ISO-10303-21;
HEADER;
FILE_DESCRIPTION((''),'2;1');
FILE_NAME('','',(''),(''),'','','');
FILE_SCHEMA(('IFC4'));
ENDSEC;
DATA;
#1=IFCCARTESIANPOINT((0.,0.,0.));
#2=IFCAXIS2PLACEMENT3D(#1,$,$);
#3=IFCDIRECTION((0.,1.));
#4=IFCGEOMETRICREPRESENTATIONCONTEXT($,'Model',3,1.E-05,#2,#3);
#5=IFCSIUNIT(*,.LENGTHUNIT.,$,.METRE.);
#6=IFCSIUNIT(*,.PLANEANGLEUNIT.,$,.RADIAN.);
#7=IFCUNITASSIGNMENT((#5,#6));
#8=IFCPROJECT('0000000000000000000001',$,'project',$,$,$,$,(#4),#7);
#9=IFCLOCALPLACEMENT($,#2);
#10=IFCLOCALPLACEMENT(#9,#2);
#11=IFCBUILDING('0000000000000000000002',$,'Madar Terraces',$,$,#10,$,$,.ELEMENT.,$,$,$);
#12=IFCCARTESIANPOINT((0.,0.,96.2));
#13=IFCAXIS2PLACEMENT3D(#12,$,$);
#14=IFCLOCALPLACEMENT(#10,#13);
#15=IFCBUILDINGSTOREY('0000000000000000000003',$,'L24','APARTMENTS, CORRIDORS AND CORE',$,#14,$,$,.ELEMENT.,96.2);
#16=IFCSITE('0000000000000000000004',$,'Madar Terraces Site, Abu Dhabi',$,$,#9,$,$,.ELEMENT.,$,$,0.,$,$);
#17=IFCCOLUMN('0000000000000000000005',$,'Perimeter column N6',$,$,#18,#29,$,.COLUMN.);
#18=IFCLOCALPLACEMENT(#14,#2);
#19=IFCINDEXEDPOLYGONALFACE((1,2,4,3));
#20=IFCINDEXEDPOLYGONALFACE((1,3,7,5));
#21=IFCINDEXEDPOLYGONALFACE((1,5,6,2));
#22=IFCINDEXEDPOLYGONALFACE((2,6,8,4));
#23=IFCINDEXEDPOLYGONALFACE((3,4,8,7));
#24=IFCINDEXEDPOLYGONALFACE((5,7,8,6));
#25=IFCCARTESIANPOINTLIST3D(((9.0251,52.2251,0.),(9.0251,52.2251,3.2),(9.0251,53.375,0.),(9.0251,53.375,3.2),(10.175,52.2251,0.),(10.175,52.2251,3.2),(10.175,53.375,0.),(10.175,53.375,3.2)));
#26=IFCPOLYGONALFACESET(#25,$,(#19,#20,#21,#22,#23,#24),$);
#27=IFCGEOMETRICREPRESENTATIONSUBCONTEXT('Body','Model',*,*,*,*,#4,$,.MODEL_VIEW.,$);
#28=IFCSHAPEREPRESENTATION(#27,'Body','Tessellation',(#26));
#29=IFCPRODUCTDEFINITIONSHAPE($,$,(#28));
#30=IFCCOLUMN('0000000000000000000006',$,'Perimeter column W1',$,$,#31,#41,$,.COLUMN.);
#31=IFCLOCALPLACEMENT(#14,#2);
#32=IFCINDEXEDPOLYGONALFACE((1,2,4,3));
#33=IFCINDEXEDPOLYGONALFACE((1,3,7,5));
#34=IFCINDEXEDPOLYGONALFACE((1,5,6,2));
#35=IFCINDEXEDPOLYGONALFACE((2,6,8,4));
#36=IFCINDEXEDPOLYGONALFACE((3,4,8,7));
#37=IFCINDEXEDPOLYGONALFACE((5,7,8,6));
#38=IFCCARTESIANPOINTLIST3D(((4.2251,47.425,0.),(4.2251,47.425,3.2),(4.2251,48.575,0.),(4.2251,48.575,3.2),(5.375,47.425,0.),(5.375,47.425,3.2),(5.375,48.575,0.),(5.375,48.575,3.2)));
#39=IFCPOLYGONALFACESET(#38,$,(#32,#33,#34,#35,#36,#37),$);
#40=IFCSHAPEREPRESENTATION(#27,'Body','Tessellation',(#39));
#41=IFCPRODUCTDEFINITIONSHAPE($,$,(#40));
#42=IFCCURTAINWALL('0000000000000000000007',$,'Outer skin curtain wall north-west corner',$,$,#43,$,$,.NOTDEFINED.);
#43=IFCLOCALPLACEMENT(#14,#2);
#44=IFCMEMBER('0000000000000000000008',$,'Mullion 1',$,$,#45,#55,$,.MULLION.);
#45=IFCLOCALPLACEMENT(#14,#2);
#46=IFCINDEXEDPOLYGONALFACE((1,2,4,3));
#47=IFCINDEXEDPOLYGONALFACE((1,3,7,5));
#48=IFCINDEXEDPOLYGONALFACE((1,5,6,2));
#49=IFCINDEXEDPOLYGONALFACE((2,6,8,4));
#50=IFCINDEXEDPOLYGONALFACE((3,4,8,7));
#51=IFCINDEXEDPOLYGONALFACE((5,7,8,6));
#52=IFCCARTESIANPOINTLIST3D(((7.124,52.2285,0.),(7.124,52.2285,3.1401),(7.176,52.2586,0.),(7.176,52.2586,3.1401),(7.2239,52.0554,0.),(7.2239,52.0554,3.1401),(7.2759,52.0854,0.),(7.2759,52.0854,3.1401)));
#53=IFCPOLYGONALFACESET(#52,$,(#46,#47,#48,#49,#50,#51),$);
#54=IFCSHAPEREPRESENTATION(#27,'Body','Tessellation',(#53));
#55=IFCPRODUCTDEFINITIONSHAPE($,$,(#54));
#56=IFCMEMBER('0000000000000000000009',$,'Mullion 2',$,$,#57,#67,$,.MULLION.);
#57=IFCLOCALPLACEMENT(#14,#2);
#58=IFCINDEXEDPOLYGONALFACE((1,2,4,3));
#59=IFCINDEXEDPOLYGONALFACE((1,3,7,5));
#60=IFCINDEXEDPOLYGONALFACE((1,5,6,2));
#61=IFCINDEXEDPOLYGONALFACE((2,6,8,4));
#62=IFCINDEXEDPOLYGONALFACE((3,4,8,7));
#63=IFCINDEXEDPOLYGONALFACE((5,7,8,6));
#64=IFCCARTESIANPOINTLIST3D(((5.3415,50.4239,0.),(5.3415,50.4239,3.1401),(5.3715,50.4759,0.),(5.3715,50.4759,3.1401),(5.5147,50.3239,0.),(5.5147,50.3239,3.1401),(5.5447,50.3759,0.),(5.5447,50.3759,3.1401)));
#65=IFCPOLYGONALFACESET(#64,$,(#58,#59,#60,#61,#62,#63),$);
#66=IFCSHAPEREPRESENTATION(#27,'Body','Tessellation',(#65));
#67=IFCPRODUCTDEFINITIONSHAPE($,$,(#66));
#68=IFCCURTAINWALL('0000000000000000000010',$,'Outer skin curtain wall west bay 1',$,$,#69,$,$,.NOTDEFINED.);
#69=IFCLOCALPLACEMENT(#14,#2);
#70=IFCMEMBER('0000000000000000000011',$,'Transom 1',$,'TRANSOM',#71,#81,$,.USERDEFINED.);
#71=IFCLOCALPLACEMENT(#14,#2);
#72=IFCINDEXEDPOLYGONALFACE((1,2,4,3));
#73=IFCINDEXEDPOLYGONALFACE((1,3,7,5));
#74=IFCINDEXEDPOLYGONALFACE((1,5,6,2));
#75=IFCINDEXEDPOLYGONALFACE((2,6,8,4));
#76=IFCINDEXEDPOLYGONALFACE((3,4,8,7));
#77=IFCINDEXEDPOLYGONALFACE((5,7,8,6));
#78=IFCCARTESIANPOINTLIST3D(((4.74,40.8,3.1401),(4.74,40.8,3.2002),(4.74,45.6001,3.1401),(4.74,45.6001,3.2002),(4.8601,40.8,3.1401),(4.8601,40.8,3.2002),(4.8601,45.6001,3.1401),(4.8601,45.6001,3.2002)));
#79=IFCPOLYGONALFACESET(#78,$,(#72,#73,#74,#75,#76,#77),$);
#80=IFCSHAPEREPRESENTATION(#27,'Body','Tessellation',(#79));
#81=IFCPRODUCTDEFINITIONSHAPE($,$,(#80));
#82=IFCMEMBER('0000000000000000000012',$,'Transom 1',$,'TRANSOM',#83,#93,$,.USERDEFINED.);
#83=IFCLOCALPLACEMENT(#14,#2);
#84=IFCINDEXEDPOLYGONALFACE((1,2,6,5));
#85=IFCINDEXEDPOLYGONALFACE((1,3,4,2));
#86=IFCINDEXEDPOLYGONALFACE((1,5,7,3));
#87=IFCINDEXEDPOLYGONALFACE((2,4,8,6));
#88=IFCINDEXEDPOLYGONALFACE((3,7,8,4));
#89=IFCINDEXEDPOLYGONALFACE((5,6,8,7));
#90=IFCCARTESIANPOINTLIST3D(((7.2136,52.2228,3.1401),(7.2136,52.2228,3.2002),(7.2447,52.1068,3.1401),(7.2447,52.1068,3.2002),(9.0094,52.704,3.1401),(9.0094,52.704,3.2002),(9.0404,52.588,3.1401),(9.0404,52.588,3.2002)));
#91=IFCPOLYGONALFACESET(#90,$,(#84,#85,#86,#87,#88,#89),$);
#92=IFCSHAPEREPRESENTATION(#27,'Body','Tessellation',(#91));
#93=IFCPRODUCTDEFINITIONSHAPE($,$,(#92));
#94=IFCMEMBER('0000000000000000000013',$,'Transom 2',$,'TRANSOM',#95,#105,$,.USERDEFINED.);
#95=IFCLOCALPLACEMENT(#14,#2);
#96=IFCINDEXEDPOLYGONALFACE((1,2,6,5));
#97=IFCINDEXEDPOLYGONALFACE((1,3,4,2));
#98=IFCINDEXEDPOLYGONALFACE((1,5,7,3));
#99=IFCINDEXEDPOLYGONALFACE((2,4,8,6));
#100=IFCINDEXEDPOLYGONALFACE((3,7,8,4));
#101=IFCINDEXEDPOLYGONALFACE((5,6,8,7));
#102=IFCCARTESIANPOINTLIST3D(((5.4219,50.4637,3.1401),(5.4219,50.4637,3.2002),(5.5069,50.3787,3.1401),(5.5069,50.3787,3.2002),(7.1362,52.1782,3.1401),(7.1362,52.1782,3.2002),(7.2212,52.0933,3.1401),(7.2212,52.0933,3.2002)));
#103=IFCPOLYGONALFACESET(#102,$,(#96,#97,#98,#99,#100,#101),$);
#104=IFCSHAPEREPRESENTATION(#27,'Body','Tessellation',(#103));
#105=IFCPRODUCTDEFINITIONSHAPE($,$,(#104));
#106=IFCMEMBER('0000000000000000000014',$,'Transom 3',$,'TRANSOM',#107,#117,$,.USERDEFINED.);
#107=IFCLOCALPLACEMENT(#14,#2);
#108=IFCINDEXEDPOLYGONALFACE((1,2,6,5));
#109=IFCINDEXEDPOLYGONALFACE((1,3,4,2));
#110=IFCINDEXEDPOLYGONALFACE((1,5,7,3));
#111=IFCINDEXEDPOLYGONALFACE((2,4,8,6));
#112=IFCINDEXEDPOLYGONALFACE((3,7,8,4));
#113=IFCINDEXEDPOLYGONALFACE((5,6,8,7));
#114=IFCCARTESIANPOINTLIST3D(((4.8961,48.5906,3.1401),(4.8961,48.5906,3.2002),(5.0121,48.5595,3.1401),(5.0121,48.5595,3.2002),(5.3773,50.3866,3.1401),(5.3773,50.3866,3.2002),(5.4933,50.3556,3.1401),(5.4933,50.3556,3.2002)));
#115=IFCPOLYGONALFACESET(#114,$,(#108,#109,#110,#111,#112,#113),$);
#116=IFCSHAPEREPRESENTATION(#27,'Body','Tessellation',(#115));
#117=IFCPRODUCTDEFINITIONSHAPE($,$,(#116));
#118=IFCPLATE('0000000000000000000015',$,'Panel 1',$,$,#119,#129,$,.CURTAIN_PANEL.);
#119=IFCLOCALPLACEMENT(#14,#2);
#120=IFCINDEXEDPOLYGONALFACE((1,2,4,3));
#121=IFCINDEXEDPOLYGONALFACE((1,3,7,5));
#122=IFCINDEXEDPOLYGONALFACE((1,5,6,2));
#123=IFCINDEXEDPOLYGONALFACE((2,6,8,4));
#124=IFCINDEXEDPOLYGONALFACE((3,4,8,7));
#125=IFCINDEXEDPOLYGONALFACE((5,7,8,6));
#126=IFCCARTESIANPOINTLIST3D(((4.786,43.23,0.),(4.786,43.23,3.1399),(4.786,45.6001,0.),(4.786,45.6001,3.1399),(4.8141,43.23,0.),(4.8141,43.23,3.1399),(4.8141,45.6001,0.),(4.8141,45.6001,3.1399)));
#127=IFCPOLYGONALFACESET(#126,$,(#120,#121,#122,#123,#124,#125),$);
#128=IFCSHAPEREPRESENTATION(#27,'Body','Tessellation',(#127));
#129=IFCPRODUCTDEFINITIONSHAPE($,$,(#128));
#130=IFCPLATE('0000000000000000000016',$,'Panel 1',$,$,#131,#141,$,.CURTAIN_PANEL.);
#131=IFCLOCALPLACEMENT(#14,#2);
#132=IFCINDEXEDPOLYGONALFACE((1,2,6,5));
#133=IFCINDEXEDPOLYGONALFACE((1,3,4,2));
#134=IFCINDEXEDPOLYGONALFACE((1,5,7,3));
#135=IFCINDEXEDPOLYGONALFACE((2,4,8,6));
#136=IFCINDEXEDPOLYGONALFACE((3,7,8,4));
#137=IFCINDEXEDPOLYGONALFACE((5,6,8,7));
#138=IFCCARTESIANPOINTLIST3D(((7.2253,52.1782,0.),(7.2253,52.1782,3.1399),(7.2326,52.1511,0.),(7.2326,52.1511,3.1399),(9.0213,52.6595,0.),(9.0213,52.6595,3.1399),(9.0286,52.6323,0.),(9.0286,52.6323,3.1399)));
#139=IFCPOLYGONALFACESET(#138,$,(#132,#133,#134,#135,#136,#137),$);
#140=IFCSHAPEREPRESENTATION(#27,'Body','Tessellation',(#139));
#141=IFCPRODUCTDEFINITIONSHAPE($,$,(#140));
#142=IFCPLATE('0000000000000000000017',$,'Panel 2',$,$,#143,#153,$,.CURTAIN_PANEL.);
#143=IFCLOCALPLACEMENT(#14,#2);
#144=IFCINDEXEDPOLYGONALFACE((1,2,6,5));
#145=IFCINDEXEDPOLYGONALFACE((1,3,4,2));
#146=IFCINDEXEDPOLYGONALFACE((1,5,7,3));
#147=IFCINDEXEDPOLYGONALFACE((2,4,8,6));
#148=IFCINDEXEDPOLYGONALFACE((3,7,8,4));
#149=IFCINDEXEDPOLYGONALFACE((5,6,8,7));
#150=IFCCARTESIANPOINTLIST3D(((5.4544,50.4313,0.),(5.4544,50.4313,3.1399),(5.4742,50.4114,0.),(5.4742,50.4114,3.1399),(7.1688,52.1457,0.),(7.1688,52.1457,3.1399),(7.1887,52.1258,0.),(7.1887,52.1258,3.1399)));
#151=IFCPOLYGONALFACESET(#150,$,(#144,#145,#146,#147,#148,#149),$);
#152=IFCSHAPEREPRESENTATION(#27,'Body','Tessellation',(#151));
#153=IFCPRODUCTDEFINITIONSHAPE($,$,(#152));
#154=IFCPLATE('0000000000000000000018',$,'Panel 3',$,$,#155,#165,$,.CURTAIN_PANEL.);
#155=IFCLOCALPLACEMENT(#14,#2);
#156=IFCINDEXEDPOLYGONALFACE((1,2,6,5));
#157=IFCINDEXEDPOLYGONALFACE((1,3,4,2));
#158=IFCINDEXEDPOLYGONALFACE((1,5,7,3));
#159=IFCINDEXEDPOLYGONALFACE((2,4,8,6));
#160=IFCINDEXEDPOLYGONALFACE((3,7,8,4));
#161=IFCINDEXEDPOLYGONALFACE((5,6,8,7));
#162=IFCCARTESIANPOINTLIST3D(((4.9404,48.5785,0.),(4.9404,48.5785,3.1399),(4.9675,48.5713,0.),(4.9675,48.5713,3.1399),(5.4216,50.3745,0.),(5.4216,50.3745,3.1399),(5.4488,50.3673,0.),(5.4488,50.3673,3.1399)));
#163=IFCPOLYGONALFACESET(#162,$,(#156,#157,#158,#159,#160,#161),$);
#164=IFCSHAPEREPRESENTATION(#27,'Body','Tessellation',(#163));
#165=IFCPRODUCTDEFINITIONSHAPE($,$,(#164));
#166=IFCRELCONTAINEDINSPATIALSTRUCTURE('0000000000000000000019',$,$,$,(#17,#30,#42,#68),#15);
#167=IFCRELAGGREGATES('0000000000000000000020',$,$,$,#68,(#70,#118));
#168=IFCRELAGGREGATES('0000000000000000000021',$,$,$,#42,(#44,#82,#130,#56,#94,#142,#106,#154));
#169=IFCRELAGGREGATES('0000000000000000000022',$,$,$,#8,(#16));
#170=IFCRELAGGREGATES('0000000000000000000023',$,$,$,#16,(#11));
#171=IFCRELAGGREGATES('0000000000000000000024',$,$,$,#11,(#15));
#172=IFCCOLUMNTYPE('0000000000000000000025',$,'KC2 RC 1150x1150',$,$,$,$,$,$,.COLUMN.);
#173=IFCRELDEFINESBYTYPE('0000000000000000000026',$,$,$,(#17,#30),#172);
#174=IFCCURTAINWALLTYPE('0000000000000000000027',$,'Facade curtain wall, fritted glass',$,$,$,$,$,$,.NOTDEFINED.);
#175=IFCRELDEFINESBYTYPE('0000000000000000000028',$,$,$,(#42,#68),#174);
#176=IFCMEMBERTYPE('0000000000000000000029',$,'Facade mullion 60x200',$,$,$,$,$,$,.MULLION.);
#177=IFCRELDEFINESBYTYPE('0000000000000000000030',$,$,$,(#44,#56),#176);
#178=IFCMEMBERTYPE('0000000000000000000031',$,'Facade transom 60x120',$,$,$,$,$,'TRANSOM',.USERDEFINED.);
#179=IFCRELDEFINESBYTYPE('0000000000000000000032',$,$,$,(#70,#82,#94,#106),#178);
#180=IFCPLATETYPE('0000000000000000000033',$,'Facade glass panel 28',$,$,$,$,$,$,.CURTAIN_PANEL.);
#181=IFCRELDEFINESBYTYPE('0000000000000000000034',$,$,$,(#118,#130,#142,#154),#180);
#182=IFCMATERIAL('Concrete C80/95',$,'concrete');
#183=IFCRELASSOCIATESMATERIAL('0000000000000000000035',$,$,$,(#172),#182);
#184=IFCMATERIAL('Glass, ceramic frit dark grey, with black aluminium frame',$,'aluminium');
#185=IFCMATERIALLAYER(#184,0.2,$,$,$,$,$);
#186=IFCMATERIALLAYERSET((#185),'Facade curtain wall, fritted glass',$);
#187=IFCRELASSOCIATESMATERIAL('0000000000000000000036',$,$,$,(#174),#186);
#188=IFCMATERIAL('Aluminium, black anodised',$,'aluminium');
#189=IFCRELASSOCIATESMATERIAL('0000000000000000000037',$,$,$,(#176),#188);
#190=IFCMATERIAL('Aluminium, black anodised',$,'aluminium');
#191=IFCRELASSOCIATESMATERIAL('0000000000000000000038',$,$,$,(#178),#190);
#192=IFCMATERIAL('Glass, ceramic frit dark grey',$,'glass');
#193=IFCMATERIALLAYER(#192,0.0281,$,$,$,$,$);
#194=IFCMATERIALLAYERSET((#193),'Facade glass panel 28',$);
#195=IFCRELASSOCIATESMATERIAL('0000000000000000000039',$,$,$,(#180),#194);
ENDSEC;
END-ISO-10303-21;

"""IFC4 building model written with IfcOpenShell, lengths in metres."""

from ifc_helpers import new_model, si_unit, direction, frame, origin, origin_2d, place, context, subcontext, project, spatial, rectangle, extrude, material, layer, layer_set, material_profile, profile_set, type_object, element, aggregate, save


model = new_model("IFC4")

# Units and contexts
model_context = context("Model", 3, precision=1e-05, world=origin(), true_north=direction((0.0, 1.0)))
body_context = subcontext(model_context, "Body", "Model", "MODEL_VIEW")
ifc_project = project(units=[si_unit("LENGTHUNIT", "METRE"), si_unit("PLANEANGLEUNIT", "RADIAN")], contexts=[model_context])

# Site, building, storey
site_placement = place(None, origin())
site = spatial("IfcSite", under=ifc_project, at=site_placement, Name="Madar Terraces Site, Abu Dhabi", CompositionType="ELEMENT", RefElevation=0.0)
building_placement = place(site_placement, origin())
building = spatial("IfcBuilding", under=site, at=building_placement, Name="Madar Terraces", CompositionType="ELEMENT")
storey_placement = place(building_placement, frame((0.0, 0.0, 96.2)))
storey = spatial("IfcBuildingStorey", under=building, at=storey_placement, Name="L24", Description="APARTMENTS, CORRIDORS AND CORE", CompositionType="ELEMENT", Elevation=96.2)

# Columns
ifc_material_1 = material(Name="Concrete C80/95", Category="concrete")
ifc_material_profile_1 = material_profile(ifc_material_1, rectangle(XDim=1.1499, YDim=1.1499, at=origin_2d()), Name="KC2 RC 1150x1150")
ifc_profile_set_1 = profile_set([ifc_material_profile_1], Name="Concrete C80/95")
column_type = type_object("IfcColumnType", Name="KC2 RC 1150x1150", PredefinedType="COLUMN", material=ifc_profile_set_1)
for number, where, z_axis, x_axis, name in (
    (1, (9.6001, 52.8, 0.0), (0.0, 0.0, 1.0), (1.0, 0.0, 0.0), "Perimeter column N6"),
    (2, (4.8, 48.0, 0.0), (0.0, 0.0, 1.0), (1.0, 0.0, 0.0), "Perimeter column W1"),
):
    element("IfcColumn", number, at=place(storey_placement, frame(where, z_axis=z_axis, x_axis=x_axis)), inside=storey, type_object=column_type, Name=name, PredefinedType="COLUMN", context=body_context, shape_type="SweptSolid", body=[
        extrude(rectangle(XDim=1.1499, YDim=1.1499, at=origin_2d()), origin(), (0.0, 0.0, 1.0), 3.2),
    ])

# Curtain wall, members
ifc_material_2 = material(Name="Glass, ceramic frit dark grey, with black aluminium frame", Category="aluminium")
ifc_layer_1 = layer(ifc_material_2, 0.2)
ifc_layer_set_1 = layer_set([ifc_layer_1], Name="Facade curtain wall, fritted glass")
curtain_wall_type = type_object("IfcCurtainWallType", Name="Facade curtain wall, fritted glass", PredefinedType="NOTDEFINED", material=ifc_layer_set_1)
curtain_wall_1_placement = place(storey_placement, origin())
curtain_wall_1 = element("IfcCurtainWall", 3, at=curtain_wall_1_placement, inside=storey, type_object=curtain_wall_type, Name="Outer skin curtain wall north-west corner", PredefinedType="NOTDEFINED")
ifc_material_3 = material(Name="Aluminium, black anodised", Category="aluminium")
ifc_material_profile_2 = material_profile(ifc_material_3, rectangle(XDim=0.2, YDim=0.0601, at=origin_2d()), Name="Facade mullion 60x200")
ifc_profile_set_2 = profile_set([ifc_material_profile_2], Name="Aluminium, black anodised")
member_type_1 = type_object("IfcMemberType", Name="Facade mullion 60x200", PredefinedType="MULLION", material=ifc_profile_set_2)
member_1_placement = place(storey_placement, frame((7.2, 52.157, 0.0), z_axis=(0.0, 0.0, 1.0), x_axis=(0.5, -0.866025, 0.0)))
member_1 = element("IfcMember", 4, at=member_1_placement, type_object=member_type_1, Name="Mullion 1", PredefinedType="MULLION", context=body_context, shape_type="SweptSolid", body=[
    extrude(rectangle(XDim=0.2, YDim=0.0601, at=origin_2d()), origin(), (0.0, 0.0, 1.0), 3.1401),
])
member_2_placement = place(storey_placement, frame((5.4431, 50.3999, 0.0), z_axis=(0.0, 0.0, 1.0), x_axis=(0.866025, -0.5, 0.0)))
member_2 = element("IfcMember", 5, at=member_2_placement, type_object=member_type_1, Name="Mullion 2", PredefinedType="MULLION", context=body_context, shape_type="SweptSolid", body=[
    extrude(rectangle(XDim=0.2, YDim=0.0601, at=origin_2d()), origin(), (0.0, 0.0, 1.0), 3.1401),
])

# Curtain wall, member
curtain_wall_2_placement = place(storey_placement, origin())
curtain_wall_2 = element("IfcCurtainWall", 6, at=curtain_wall_2_placement, inside=storey, type_object=curtain_wall_type, Name="Outer skin curtain wall west bay 1", PredefinedType="NOTDEFINED")
ifc_material_4 = material(Name="Aluminium, black anodised", Category="aluminium")
ifc_material_profile_3 = material_profile(ifc_material_4, rectangle(XDim=0.1201, YDim=0.0601, at=origin_2d()), Name="Facade transom 60x120")
ifc_profile_set_3 = profile_set([ifc_material_profile_3], Name="Aluminium, black anodised")
member_type_2 = type_object("IfcMemberType", Name="Facade transom 60x120", ElementType="TRANSOM", PredefinedType="USERDEFINED", material=ifc_profile_set_3)
member_3_placement = place(storey_placement, frame((4.8, 45.6001, 3.1702), z_axis=(0.0, -1.0, 0.0), x_axis=(1.0, 0.0, 0.0)))
member_3 = element("IfcMember", 7, at=member_3_placement, type_object=member_type_2, Name="Transom 1", ObjectType="TRANSOM", PredefinedType="USERDEFINED", context=body_context, shape_type="SweptSolid", body=[
    extrude(rectangle(XDim=0.1201, YDim=0.0601, at=origin_2d()), origin(), (0.0, 0.0, 1.0), 4.8),
])

# Members
member_4_placement = place(storey_placement, frame((9.0249, 52.646, 3.1702), z_axis=(-0.965927, -0.258815, 0.0), x_axis=(0.258815, -0.965927, 0.0)))
member_4 = element("IfcMember", 8, at=member_4_placement, type_object=member_type_2, Name="Transom 1", ObjectType="TRANSOM", PredefinedType="USERDEFINED", context=body_context, shape_type="SweptSolid", body=[
    extrude(rectangle(XDim=0.1201, YDim=0.0601, at=origin_2d()), origin(), (0.0, 0.0, 1.0), 1.8591),
])
member_5_placement = place(storey_placement, frame((7.1787, 52.1357, 3.1702), z_axis=(-0.707056, -0.707157, 0.0), x_axis=(0.707157, -0.707056, 0.0)))
member_5 = element("IfcMember", 9, at=member_5_placement, type_object=member_type_2, Name="Transom 2", ObjectType="TRANSOM", PredefinedType="USERDEFINED", context=body_context, shape_type="SweptSolid", body=[
    extrude(rectangle(XDim=0.1201, YDim=0.0601, at=origin_2d()), origin(), (0.0, 0.0, 1.0), 2.4246),
])
member_6_placement = place(storey_placement, frame((5.4353, 50.3711, 3.1702), z_axis=(-0.258782, -0.965936, 0.0), x_axis=(0.965936, -0.258782, 0.0)))
member_6 = element("IfcMember", 10, at=member_6_placement, type_object=member_type_2, Name="Transom 3", ObjectType="TRANSOM", PredefinedType="USERDEFINED", context=body_context, shape_type="SweptSolid", body=[
    extrude(rectangle(XDim=0.1201, YDim=0.0601, at=origin_2d()), origin(), (0.0, 0.0, 1.0), 1.8594),
])

# Plates
ifc_material_5 = material(Name="Glass, ceramic frit dark grey", Category="glass")
ifc_layer_2 = layer(ifc_material_5, 0.0281)
ifc_layer_set_2 = layer_set([ifc_layer_2], Name="Facade glass panel 28")
plate_type = type_object("IfcPlateType", Name="Facade glass panel 28", PredefinedType="CURTAIN_PANEL", material=ifc_layer_set_2)
plate_1_placement = place(storey_placement, frame((4.8, 44.415, 0.0), z_axis=(0.0, 0.0, 1.0), x_axis=(0.0, -1.0, 0.0)))
plate_1 = element("IfcPlate", 11, at=plate_1_placement, type_object=plate_type, Name="Panel 1", PredefinedType="CURTAIN_PANEL", context=body_context, shape_type="SweptSolid", body=[
    extrude(rectangle(XDim=2.3701, YDim=0.0281, at=origin_2d()), origin(), (0.0, 0.0, 1.0), 3.1399),
])
aggregate(curtain_wall_2, [member_3, plate_1])
plate_2_placement = place(storey_placement, frame((8.127, 52.4053, 0.0), z_axis=(0.0, 0.0, 1.0), x_axis=(-0.965926, -0.258819, 0.0)))
plate_2 = element("IfcPlate", 12, at=plate_2_placement, type_object=plate_type, Name="Panel 1", PredefinedType="CURTAIN_PANEL", context=body_context, shape_type="SweptSolid", body=[
    extrude(rectangle(XDim=1.8594, YDim=0.0281, at=origin_2d()), origin(), (0.0, 0.0, 1.0), 3.1399),
])
plate_3_placement = place(storey_placement, frame((6.3215, 51.2786, 0.0), z_axis=(0.0, 0.0, 1.0), x_axis=(-0.707107, -0.707107, 0.0)))
plate_3 = element("IfcPlate", 13, at=plate_3_placement, type_object=plate_type, Name="Panel 2", PredefinedType="CURTAIN_PANEL", context=body_context, shape_type="SweptSolid", body=[
    extrude(rectangle(XDim=2.4246, YDim=0.0281, at=origin_2d()), origin(), (0.0, 0.0, 1.0), 3.1399),
])
plate_4_placement = place(storey_placement, frame((5.1946, 49.4729, 0.0), z_axis=(0.0, 0.0, 1.0), x_axis=(-0.258819, -0.965926, 0.0)))
plate_4 = element("IfcPlate", 14, at=plate_4_placement, type_object=plate_type, Name="Panel 3", PredefinedType="CURTAIN_PANEL", context=body_context, shape_type="SweptSolid", body=[
    extrude(rectangle(XDim=1.8594, YDim=0.0281, at=origin_2d()), origin(), (0.0, 0.0, 1.0), 3.1399),
])
aggregate(curtain_wall_1, [member_1, member_4, plate_2, member_2, member_5, plate_3, member_6, plate_4])

save(model, "model.ifc")
